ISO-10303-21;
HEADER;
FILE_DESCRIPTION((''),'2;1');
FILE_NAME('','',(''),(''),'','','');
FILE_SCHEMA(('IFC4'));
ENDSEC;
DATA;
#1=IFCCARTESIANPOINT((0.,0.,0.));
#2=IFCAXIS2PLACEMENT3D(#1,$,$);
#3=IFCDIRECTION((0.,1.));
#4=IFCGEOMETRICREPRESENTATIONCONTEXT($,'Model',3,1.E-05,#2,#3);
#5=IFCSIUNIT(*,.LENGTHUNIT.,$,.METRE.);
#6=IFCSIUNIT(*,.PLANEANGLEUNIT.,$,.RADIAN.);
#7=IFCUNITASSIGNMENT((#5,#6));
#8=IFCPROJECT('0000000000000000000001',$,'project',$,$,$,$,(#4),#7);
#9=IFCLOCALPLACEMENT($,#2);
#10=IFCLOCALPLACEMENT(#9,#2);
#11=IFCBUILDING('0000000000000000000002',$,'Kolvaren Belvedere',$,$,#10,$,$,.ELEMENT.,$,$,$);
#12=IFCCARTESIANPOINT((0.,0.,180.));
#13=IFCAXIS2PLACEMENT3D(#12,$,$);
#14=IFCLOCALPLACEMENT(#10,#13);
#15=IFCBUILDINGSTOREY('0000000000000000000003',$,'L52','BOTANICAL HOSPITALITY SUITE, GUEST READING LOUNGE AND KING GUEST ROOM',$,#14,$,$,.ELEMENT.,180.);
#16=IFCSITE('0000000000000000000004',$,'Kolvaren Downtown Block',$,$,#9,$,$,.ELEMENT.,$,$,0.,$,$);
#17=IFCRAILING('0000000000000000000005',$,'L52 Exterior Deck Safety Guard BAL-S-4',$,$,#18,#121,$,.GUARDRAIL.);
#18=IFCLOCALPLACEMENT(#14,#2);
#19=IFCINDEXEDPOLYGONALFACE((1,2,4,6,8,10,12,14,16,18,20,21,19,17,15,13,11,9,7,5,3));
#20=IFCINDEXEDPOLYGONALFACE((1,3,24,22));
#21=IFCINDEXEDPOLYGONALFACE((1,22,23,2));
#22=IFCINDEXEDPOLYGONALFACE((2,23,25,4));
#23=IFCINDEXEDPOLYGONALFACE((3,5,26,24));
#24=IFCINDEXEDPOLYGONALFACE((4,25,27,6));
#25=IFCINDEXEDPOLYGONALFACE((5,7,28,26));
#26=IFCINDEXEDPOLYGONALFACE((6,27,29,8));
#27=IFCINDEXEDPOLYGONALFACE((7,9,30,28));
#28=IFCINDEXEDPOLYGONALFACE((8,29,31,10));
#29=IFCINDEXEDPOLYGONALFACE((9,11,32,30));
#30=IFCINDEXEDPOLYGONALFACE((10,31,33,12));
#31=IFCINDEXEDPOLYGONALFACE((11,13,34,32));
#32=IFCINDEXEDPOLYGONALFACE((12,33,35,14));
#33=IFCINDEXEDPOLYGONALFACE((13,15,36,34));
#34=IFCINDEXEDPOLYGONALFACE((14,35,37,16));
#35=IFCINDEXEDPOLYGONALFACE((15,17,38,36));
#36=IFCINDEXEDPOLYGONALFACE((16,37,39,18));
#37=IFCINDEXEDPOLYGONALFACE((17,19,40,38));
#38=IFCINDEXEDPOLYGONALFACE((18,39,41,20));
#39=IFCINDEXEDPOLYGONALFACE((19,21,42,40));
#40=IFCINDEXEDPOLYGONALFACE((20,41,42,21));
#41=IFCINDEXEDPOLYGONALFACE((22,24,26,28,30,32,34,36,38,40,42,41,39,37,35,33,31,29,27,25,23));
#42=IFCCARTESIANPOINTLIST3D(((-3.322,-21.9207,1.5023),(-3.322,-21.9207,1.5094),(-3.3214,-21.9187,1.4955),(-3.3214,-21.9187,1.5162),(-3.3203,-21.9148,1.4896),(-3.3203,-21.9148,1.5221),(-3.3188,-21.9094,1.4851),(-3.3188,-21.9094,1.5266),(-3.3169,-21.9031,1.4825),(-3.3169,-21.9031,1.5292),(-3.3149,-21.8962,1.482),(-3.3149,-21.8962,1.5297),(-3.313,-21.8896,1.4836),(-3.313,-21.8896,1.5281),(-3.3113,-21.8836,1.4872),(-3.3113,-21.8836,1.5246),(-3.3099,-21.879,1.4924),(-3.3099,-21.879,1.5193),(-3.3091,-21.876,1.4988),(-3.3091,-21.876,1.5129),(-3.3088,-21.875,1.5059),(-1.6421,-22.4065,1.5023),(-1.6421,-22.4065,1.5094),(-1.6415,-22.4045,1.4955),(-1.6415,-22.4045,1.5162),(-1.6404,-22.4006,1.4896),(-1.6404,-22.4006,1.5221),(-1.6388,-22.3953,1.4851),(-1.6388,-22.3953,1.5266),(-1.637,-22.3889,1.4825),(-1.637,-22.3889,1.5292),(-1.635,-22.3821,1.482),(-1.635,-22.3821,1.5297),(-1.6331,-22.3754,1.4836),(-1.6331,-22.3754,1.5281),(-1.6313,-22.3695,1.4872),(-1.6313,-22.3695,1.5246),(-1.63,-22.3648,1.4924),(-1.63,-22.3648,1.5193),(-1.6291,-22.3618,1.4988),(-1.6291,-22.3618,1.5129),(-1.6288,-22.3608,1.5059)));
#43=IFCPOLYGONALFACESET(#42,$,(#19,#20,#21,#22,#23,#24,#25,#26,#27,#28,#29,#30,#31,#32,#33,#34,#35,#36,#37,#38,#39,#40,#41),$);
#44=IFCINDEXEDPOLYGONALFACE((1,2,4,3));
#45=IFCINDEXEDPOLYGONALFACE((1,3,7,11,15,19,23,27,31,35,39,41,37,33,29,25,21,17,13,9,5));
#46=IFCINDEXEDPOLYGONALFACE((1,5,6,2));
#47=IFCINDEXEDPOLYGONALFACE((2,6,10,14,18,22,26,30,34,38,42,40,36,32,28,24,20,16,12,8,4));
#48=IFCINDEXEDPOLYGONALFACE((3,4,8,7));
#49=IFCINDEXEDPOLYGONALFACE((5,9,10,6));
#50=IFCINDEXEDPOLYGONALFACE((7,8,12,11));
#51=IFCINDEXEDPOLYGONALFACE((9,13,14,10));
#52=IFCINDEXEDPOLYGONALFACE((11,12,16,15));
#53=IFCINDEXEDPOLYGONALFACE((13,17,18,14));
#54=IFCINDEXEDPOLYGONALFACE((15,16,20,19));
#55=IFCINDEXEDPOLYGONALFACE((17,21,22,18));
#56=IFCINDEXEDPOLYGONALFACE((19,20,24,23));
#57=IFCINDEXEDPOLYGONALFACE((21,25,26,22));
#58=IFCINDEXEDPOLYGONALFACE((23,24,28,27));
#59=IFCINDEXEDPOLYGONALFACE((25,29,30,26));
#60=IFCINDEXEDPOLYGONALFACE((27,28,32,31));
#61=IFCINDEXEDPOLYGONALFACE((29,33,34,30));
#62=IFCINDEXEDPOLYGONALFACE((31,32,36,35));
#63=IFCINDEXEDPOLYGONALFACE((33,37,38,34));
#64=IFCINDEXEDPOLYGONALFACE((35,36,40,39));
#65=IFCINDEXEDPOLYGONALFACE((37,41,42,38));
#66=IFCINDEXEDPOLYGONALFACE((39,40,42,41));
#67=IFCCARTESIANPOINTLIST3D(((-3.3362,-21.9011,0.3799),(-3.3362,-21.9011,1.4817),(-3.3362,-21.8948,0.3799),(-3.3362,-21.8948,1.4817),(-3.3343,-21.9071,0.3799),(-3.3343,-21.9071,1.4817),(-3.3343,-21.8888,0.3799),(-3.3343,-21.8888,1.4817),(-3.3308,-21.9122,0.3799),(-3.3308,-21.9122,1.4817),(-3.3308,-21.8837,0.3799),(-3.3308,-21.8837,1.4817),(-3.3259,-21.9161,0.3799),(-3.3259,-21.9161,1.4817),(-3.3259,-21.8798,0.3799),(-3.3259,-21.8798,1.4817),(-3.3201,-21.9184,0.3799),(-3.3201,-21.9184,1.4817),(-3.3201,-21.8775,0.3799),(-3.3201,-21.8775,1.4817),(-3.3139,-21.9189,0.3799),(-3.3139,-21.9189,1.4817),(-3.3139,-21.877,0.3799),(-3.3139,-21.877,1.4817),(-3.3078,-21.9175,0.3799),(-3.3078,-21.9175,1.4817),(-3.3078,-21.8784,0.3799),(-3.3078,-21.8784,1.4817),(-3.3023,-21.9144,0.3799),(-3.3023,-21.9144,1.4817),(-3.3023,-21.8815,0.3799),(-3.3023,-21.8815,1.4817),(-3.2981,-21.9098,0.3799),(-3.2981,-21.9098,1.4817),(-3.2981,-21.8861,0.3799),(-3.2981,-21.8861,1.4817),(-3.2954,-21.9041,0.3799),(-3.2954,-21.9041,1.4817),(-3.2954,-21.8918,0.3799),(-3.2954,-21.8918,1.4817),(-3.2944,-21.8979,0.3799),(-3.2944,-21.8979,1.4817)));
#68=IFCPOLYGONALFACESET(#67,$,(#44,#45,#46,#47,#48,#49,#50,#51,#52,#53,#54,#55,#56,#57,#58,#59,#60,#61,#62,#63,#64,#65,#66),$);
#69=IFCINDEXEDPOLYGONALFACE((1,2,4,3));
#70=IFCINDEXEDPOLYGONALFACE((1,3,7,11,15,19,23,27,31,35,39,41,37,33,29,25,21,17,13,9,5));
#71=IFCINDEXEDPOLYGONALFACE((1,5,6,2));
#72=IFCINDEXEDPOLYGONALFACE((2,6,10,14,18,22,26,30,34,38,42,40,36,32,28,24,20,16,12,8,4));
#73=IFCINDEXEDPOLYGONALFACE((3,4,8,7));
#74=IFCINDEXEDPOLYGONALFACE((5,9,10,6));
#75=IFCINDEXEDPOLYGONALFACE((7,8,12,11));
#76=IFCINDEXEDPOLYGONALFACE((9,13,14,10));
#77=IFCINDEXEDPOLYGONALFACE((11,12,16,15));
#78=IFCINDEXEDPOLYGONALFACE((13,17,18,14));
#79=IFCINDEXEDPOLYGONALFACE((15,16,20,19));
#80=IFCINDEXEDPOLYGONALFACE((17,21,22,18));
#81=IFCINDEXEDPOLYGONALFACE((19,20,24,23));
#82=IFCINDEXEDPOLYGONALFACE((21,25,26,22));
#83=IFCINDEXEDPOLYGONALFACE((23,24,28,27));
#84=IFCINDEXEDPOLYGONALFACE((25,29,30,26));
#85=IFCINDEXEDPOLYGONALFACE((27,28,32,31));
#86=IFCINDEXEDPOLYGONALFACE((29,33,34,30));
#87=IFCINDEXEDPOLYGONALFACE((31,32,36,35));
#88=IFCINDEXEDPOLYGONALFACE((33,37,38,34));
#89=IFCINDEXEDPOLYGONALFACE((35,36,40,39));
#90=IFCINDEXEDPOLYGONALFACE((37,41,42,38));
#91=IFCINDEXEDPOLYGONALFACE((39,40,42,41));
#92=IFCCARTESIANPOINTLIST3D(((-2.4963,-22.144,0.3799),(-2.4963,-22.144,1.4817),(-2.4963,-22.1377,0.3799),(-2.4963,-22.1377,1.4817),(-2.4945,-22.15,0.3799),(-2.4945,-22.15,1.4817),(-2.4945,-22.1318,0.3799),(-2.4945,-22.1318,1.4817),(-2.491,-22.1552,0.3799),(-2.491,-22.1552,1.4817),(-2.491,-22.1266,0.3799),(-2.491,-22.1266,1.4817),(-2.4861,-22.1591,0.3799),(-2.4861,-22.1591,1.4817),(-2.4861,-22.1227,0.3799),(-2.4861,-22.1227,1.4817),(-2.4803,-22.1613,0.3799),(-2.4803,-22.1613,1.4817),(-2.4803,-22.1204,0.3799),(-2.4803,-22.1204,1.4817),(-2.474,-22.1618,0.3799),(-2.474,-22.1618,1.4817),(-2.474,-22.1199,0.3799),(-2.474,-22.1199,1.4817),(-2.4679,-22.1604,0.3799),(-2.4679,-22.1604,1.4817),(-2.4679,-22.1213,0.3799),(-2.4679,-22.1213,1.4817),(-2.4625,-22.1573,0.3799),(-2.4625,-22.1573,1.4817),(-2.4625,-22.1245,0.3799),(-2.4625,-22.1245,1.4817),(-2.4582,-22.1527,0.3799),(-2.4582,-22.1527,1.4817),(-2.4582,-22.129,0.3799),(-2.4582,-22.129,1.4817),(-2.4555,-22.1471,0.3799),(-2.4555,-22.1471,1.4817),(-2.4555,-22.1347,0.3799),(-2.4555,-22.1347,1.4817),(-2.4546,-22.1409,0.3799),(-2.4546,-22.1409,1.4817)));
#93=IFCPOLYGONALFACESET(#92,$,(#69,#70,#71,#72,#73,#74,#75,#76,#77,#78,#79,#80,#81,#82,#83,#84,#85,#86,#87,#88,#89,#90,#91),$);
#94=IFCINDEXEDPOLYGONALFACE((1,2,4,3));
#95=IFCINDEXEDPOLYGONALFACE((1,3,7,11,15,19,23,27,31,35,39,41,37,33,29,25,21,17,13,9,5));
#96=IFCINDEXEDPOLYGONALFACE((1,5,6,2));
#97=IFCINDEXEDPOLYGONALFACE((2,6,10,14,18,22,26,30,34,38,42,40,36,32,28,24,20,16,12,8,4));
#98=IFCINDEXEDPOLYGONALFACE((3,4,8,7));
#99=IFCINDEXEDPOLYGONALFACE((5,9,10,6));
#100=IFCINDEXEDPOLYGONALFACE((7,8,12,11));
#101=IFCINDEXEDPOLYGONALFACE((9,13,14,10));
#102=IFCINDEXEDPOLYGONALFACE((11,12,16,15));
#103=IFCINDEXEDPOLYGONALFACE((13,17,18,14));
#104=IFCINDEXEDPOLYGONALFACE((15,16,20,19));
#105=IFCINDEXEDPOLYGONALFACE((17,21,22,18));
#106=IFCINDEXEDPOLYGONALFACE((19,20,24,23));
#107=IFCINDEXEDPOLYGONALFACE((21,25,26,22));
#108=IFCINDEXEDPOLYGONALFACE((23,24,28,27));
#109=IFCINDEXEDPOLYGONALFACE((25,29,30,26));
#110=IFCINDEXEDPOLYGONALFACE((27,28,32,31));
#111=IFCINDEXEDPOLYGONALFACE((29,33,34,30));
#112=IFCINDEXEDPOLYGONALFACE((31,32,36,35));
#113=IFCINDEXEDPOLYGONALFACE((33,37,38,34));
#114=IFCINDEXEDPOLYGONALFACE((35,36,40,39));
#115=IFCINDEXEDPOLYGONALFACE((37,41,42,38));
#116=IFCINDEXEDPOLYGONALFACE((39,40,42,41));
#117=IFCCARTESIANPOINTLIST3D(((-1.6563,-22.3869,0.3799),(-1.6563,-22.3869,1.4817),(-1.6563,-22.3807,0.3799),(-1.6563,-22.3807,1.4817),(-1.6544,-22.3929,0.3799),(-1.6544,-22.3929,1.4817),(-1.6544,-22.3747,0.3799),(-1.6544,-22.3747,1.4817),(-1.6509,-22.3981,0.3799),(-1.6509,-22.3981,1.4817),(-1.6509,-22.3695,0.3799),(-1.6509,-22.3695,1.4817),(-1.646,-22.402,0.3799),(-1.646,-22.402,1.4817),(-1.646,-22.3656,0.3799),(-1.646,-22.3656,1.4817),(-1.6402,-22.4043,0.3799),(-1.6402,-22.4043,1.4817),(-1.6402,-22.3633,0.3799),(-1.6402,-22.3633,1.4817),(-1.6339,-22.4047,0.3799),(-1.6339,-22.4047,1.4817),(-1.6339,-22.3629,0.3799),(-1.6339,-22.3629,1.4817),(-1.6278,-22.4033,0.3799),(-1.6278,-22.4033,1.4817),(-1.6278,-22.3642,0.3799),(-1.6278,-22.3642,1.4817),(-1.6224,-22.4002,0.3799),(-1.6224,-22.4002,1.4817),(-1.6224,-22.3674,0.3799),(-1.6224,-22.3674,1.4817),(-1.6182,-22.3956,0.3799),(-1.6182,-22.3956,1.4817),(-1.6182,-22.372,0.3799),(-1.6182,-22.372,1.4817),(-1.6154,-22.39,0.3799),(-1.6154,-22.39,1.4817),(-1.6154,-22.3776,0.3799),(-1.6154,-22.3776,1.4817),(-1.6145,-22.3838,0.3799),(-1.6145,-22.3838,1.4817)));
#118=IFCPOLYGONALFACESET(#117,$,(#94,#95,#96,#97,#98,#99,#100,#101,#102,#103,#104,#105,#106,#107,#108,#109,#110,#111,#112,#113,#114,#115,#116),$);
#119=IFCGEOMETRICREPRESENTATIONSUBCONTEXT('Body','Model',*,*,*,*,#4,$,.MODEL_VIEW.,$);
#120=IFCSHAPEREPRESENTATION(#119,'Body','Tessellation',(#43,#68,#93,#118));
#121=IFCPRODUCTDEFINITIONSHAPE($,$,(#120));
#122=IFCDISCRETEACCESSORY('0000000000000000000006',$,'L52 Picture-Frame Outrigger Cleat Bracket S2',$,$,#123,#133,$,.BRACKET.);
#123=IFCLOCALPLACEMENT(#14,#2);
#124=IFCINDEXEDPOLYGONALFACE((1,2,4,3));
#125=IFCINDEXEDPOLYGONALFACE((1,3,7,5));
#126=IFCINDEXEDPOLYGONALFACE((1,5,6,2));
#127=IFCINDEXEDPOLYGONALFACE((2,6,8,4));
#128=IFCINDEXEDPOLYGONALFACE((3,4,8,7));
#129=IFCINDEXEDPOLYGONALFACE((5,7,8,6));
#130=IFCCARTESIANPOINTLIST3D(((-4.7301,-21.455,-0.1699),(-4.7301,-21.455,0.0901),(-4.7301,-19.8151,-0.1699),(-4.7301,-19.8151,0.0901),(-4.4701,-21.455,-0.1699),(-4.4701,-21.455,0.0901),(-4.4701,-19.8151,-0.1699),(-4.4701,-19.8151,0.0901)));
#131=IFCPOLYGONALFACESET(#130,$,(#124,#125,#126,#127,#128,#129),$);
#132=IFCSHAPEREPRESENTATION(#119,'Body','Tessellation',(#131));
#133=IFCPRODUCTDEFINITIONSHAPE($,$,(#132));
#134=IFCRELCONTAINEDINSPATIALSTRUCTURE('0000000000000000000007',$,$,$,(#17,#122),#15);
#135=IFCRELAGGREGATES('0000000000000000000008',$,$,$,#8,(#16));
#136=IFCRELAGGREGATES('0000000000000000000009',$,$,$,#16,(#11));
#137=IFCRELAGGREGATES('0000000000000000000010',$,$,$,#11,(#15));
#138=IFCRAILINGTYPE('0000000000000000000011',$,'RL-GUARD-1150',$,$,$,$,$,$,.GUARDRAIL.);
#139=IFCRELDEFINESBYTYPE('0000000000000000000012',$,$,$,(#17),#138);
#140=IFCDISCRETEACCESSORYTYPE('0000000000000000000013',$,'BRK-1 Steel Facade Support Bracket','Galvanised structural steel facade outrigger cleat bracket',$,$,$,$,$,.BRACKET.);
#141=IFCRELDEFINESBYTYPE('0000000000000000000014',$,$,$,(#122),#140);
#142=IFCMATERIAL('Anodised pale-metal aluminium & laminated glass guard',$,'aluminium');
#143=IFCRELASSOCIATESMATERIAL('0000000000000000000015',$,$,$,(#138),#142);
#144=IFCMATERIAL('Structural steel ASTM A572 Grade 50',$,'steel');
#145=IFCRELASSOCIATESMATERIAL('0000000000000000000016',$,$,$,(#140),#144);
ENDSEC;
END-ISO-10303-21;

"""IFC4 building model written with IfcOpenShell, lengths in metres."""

from ifc_helpers import new_model, si_unit, direction, frame, origin, origin_2d, place, context, subcontext, project, spatial, rectangle, circle, extrude, material, type_object, element, save


model = new_model("IFC4")

# Units and contexts
model_context = context("Model", 3, precision=1e-05, world=origin(), true_north=direction((0.0, 1.0)))
body_context = subcontext(model_context, "Body", "Model", "MODEL_VIEW")
ifc_project = project(units=[si_unit("LENGTHUNIT", "METRE"), si_unit("PLANEANGLEUNIT", "RADIAN")], contexts=[model_context])

# Site, building, storey
site_placement = place(None, origin())
site = spatial("IfcSite", under=ifc_project, at=site_placement, Name="Kolvaren Downtown Block", CompositionType="ELEMENT", RefElevation=0.0)
building_placement = place(site_placement, origin())
building = spatial("IfcBuilding", under=site, at=building_placement, Name="Kolvaren Belvedere", CompositionType="ELEMENT")
storey_placement = place(building_placement, frame((0.0, 0.0, 180.0)))
storey = spatial("IfcBuildingStorey", under=building, at=storey_placement, Name="L52", Description="BOTANICAL HOSPITALITY SUITE, GUEST READING LOUNGE AND KING GUEST ROOM", CompositionType="ELEMENT", Elevation=180.0)

# Railing
ifc_material_1 = material(Name="Anodised pale-metal aluminium & laminated glass guard", Category="aluminium")
railing_type = type_object("IfcRailingType", Name="RL-GUARD-1150", PredefinedType="GUARDRAIL", material=ifc_material_1)
railing_1_placement = place(storey_placement, frame((-3.3154, -21.8979, 0.3799)))
element("IfcRailing", 1, at=railing_1_placement, inside=storey, type_object=railing_type, Name="L52 Exterior Deck Safety Guard BAL-S-4", PredefinedType="GUARDRAIL", context=body_context, shape_type="SweptSolid", body=[
    extrude(circle(Radius=0.0239, at=origin_2d()), frame((0.0, 0.0, 1.126), z_axis=(0.960634, -0.277817, 0.0), x_axis=(0.277817, 0.960634, 0.0)), (0.0, 0.0, 1.0), 1.7488),
    extrude(circle(Radius=0.021, at=origin_2d()), origin(), (0.0, 0.0, 1.0), 1.1018),
    extrude(circle(Radius=0.021, at=origin_2d()), frame((0.8398, -0.2429, 0.0)), (0.0, 0.0, 1.0), 1.1018),
    extrude(circle(Radius=0.021, at=origin_2d()), frame((1.6799, -0.4858, 0.0)), (0.0, 0.0, 1.0), 1.1018),
])

# Discrete accessory
ifc_material_2 = material(Name="Structural steel ASTM A572 Grade 50", Category="steel")
discrete_accessory_type = type_object("IfcDiscreteAccessoryType", Name="BRK-1 Steel Facade Support Bracket", Description="Galvanised structural steel facade outrigger cleat bracket", PredefinedType="BRACKET", material=ifc_material_2)
discrete_accessory_placement = place(storey_placement, frame((-4.6001, -20.635, -0.1699), z_axis=(0.0, 0.0, 1.0), x_axis=(0.0, 1.0, 0.0)))
element("IfcDiscreteAccessory", 2, at=discrete_accessory_placement, inside=storey, type_object=discrete_accessory_type, Name="L52 Picture-Frame Outrigger Cleat Bracket S2", PredefinedType="BRACKET", context=body_context, shape_type="SweptSolid", body=[
    extrude(rectangle(XDim=1.6399, YDim=0.26, at=origin_2d()), origin(), (0.0, 0.0, 1.0), 0.26),
])

save(model, "model.ifc")
